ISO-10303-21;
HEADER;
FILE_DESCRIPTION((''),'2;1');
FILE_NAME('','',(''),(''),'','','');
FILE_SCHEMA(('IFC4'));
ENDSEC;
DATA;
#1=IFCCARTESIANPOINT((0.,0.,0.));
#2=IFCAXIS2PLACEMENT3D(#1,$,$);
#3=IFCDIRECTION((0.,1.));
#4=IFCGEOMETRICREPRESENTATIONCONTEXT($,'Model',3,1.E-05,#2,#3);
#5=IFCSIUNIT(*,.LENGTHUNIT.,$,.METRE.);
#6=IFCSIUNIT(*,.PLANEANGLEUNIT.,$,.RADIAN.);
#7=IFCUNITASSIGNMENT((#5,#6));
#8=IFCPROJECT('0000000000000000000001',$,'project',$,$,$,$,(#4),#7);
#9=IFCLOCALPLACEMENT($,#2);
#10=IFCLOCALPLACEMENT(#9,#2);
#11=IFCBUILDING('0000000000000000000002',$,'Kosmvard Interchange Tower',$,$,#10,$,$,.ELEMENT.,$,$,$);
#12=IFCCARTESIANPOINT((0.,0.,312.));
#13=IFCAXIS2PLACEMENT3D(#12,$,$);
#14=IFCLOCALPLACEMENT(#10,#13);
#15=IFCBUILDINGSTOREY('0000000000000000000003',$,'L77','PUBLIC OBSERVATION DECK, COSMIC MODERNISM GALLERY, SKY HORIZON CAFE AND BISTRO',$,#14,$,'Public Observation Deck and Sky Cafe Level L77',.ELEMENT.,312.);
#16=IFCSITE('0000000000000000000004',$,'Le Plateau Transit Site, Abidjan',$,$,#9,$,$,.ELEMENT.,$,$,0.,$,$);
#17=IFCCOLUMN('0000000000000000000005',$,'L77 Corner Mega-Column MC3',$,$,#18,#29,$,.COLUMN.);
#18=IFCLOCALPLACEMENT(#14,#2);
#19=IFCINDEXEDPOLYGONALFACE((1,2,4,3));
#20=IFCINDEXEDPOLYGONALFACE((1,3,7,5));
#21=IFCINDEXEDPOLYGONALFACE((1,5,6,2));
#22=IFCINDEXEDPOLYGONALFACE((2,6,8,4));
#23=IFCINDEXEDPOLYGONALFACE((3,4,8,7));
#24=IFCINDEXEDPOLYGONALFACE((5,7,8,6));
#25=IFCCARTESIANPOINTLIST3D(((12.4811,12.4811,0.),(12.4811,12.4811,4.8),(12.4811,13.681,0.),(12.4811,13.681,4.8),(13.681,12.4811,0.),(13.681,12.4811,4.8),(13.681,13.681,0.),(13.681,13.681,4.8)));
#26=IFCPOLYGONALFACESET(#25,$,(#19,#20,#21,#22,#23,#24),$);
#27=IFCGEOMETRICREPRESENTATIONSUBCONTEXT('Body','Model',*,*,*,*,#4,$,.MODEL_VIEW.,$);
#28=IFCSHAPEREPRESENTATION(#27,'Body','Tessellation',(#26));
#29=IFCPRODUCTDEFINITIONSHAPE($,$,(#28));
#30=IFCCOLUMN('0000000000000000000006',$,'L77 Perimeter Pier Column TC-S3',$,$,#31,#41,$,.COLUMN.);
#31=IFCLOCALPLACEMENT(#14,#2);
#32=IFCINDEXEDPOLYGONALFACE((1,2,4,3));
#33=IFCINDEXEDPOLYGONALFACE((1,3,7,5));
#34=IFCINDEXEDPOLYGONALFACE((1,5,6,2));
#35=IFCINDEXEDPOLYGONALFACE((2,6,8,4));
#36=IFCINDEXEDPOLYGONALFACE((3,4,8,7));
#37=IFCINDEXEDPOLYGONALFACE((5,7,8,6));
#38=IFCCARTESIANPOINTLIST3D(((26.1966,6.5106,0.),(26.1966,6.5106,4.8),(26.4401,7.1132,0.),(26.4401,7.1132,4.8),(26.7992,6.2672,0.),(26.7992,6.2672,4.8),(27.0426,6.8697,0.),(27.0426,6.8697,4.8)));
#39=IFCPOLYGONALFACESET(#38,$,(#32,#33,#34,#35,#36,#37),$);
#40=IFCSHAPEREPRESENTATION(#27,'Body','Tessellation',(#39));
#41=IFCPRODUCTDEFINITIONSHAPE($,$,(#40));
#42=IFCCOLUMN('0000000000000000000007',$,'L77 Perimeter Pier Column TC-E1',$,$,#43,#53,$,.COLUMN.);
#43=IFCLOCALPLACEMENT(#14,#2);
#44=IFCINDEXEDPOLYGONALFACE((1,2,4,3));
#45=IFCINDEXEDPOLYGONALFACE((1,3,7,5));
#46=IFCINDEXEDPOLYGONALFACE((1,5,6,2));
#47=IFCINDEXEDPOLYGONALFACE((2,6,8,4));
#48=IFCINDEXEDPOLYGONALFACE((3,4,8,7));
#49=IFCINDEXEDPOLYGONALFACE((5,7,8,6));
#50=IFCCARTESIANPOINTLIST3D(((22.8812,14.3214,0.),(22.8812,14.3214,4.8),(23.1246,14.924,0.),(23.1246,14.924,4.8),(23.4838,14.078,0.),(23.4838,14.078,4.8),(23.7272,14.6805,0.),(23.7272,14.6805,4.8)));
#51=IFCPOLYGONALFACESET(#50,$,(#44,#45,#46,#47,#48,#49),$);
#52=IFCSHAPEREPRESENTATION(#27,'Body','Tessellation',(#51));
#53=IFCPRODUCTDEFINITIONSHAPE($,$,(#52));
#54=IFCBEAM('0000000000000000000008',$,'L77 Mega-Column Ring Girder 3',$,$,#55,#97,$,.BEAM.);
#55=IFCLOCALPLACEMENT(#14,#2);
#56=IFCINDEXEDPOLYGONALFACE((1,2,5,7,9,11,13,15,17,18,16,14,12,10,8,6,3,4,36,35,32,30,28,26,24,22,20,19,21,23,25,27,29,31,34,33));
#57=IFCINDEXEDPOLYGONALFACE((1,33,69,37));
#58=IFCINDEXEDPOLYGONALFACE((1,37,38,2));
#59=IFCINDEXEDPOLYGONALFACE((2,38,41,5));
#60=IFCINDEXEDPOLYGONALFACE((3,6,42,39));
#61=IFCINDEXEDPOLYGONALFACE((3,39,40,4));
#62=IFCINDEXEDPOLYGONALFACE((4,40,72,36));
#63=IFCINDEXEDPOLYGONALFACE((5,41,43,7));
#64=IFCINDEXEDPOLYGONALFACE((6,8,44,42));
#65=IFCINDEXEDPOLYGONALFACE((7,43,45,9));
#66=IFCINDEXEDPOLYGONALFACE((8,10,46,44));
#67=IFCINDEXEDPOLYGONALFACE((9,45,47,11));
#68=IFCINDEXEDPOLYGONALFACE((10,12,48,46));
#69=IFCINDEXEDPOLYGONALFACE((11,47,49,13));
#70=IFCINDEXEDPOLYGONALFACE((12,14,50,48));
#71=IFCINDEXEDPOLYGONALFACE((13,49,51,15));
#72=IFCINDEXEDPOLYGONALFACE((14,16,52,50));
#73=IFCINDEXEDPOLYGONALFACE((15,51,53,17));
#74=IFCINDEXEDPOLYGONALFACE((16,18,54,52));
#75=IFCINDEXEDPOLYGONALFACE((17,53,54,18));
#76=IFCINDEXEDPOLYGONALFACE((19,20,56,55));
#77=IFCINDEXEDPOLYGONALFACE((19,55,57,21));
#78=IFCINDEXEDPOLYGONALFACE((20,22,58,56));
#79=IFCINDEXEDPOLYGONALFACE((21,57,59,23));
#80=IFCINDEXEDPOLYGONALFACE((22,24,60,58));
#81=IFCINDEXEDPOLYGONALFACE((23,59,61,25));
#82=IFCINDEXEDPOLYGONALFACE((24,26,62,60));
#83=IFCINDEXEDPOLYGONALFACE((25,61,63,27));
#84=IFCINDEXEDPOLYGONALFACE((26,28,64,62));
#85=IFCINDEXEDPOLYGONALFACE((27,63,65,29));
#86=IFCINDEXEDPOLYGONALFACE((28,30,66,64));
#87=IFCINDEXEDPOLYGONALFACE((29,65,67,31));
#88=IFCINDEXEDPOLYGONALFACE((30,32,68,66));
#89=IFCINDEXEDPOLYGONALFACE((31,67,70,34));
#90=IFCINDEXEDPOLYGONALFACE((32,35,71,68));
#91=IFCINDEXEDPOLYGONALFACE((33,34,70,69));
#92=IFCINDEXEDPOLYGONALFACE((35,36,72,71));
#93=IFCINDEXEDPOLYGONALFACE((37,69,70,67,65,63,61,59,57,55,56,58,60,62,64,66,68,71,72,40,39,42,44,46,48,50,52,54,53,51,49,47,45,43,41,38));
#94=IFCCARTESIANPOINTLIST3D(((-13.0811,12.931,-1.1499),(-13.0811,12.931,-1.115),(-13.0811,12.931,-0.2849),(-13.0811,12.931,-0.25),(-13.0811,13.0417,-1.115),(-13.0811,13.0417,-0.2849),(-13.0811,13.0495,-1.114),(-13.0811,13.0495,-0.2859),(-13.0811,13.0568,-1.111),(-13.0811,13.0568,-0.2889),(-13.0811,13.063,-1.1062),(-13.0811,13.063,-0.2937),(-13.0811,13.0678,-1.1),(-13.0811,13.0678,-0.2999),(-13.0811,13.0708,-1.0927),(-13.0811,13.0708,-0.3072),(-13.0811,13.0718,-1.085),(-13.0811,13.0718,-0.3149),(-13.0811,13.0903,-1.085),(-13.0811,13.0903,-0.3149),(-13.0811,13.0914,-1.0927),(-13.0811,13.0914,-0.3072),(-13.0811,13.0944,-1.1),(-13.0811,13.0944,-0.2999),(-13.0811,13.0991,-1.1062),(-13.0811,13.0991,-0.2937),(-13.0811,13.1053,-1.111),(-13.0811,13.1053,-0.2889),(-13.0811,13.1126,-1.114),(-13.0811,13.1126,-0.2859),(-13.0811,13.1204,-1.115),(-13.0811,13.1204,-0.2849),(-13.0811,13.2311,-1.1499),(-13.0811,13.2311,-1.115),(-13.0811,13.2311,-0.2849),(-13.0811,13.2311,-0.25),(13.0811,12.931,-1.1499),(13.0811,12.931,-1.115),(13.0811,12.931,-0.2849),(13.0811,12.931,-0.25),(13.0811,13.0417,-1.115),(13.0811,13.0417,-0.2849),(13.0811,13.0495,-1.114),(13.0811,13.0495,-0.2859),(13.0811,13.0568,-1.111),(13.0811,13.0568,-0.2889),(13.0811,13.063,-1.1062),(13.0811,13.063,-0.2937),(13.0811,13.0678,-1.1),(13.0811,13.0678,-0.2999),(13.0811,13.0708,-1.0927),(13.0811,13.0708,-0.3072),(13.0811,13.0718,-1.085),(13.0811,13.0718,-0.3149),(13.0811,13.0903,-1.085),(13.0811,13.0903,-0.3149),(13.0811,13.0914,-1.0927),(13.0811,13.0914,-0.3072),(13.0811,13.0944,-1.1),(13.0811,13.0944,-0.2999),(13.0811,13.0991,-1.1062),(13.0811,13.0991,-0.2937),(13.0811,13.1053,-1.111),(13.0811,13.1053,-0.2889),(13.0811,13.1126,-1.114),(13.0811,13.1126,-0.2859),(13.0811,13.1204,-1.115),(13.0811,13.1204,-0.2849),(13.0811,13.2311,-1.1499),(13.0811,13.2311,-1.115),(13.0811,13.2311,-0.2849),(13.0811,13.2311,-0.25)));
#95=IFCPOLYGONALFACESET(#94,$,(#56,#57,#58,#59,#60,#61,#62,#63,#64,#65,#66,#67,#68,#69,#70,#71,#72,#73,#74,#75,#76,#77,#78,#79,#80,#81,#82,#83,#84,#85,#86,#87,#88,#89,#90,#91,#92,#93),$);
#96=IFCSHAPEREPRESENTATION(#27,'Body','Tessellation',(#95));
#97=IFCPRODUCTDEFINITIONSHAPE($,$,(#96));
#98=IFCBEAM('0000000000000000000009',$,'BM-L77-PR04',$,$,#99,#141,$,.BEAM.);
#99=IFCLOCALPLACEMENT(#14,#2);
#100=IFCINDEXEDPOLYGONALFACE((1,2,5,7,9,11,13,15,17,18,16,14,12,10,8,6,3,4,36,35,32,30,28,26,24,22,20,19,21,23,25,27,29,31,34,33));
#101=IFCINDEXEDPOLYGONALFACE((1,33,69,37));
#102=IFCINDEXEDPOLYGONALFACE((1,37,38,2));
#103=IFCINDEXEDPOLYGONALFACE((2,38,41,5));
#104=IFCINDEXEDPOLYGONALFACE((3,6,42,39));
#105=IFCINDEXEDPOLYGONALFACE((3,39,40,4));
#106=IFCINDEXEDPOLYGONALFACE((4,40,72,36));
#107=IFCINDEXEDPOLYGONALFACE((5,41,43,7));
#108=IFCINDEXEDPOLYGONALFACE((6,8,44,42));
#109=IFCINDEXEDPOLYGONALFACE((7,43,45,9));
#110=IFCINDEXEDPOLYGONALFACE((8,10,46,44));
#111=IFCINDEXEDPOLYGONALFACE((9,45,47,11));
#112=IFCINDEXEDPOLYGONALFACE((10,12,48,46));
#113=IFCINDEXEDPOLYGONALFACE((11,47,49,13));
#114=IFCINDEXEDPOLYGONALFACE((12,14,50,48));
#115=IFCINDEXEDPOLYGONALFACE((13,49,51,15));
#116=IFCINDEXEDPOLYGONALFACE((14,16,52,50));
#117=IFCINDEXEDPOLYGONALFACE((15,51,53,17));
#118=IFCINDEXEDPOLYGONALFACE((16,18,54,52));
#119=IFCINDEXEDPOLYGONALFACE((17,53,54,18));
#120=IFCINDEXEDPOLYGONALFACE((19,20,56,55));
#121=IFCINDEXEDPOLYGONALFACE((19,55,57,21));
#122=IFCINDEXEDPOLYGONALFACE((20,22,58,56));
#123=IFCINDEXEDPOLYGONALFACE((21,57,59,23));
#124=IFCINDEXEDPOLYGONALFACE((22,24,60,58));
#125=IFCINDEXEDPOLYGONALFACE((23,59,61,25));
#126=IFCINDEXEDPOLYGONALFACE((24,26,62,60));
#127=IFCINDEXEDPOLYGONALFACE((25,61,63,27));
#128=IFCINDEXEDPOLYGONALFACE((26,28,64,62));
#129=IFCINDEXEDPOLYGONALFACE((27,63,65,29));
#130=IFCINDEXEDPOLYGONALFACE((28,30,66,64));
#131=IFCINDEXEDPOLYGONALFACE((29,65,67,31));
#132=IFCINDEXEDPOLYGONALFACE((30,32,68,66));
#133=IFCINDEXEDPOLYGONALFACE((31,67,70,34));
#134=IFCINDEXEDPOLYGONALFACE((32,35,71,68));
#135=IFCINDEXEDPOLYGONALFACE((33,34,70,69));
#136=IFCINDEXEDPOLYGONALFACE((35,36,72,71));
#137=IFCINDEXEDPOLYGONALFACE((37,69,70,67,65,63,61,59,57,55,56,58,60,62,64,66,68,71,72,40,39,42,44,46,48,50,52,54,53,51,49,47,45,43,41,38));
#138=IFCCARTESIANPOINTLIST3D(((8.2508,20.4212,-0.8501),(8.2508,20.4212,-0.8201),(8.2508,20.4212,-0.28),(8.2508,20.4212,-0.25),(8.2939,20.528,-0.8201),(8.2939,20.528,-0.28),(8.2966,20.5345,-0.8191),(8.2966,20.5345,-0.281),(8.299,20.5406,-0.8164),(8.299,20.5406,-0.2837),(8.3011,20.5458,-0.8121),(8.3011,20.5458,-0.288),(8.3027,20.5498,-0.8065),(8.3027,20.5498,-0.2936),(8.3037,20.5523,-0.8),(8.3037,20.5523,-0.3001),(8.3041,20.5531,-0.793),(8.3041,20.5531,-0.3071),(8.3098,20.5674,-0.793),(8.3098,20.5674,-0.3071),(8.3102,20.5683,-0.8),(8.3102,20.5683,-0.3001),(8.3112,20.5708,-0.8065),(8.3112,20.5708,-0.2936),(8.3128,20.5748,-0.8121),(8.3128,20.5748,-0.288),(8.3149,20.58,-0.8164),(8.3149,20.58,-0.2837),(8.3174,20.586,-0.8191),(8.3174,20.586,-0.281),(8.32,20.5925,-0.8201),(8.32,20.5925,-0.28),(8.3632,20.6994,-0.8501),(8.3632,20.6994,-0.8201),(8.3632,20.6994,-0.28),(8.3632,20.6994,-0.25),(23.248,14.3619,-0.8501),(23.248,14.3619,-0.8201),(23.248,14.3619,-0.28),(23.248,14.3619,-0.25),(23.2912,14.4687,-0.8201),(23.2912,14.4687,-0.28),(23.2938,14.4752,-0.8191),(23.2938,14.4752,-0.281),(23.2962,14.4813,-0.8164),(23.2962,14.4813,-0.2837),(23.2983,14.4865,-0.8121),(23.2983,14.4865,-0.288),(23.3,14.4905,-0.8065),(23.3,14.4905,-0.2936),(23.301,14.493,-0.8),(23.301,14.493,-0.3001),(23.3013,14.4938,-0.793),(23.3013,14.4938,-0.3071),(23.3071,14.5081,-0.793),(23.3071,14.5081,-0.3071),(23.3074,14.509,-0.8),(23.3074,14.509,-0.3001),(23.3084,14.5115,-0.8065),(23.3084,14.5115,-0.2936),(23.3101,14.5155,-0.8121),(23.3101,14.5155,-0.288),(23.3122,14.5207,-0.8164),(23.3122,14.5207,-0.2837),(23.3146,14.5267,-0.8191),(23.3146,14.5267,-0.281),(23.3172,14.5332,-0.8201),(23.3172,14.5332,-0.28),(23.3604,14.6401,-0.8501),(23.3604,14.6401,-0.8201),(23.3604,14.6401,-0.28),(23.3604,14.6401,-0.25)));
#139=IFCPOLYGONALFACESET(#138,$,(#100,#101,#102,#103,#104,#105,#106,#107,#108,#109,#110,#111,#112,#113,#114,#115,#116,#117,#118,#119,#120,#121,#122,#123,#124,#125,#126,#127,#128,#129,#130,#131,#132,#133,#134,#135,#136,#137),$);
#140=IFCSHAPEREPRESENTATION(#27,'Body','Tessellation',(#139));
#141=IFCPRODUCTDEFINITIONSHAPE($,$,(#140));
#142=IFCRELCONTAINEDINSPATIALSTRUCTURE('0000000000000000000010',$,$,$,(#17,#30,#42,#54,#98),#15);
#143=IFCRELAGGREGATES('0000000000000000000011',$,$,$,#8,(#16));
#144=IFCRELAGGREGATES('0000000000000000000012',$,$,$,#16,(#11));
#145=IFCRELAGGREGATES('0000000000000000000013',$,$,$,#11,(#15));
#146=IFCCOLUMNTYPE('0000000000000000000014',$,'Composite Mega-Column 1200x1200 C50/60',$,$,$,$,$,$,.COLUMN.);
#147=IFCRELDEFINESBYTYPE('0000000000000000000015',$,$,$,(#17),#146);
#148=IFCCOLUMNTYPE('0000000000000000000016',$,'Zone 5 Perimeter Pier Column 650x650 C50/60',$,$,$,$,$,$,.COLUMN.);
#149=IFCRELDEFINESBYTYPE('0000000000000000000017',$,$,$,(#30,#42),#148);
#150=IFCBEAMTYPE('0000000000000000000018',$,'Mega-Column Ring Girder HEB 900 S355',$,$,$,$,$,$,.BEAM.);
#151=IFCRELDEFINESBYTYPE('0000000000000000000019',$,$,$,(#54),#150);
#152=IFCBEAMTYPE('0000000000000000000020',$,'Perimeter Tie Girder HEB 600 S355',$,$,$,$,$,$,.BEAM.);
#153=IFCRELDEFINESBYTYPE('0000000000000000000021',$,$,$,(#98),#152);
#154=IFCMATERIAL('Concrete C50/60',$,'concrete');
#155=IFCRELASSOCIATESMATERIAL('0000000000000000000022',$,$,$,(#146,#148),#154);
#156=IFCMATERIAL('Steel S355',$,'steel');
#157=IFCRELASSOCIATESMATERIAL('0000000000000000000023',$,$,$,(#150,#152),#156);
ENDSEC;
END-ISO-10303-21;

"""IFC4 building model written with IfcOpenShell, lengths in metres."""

from ifc_helpers import new_model, si_unit, direction, frame, origin, origin_2d, place, context, subcontext, project, spatial, rectangle, i_section, extrude, source, transform, mapped, material, material_profile, profile_set, type_object, element, save


model = new_model("IFC4")

# Units and contexts
model_context = context("Model", 3, precision=1e-05, world=origin(), true_north=direction((0.0, 1.0)))
body_context = subcontext(model_context, "Body", "Model", "MODEL_VIEW")
ifc_project = project(units=[si_unit("LENGTHUNIT", "METRE"), si_unit("PLANEANGLEUNIT", "RADIAN")], contexts=[model_context])

# Site, building, storey
site_placement = place(None, origin())
site = spatial("IfcSite", under=ifc_project, at=site_placement, Name="Le Plateau Transit Site, Abidjan", CompositionType="ELEMENT", RefElevation=0.0)
building_placement = place(site_placement, origin())
building = spatial("IfcBuilding", under=site, at=building_placement, Name="Kosmvard Interchange Tower", CompositionType="ELEMENT")
storey_placement = place(building_placement, frame((0.0, 0.0, 312.0)))
storey = spatial("IfcBuildingStorey", under=building, at=storey_placement, Name="L77", Description="PUBLIC OBSERVATION DECK, COSMIC MODERNISM GALLERY, SKY HORIZON CAFE AND BISTRO", LongName="Public Observation Deck and Sky Cafe Level L77", CompositionType="ELEMENT", Elevation=312.0)

# Columns
ifc_material_1 = material(Name="Concrete C50/60", Category="concrete")
ifc_material_profile_1 = material_profile(ifc_material_1, rectangle(XDim=1.2, YDim=1.2, at=origin_2d()), Name="MC 1200x1200")
ifc_profile_set_1 = profile_set([ifc_material_profile_1], Name="Concrete C50/60")
column_type_1 = type_object("IfcColumnType", Name="Composite Mega-Column 1200x1200 C50/60", PredefinedType="COLUMN", material=ifc_profile_set_1)
shared_shape_1 = source(origin(), body_context, "Body", "SweptSolid", [
    extrude(rectangle(XDim=1.2, YDim=1.2, at=origin_2d()), origin(), (0.0, 0.0, 1.0), 4.8),
])
column_placement = place(storey_placement, frame((13.0811, 13.0811, 0.0), z_axis=(0.0, 0.0, 1.0), x_axis=(1.0, 0.0, 0.0)))
element("IfcColumn", 1, at=column_placement, inside=storey, type_object=column_type_1, Name="L77 Corner Mega-Column MC3", PredefinedType="COLUMN", context=body_context, shape_type="MappedRepresentation", body=[
    mapped(shared_shape_1, transform((0.0, 0.0, 0.0), scale=1.0)),
])
ifc_material_profile_2 = material_profile(ifc_material_1, rectangle(XDim=0.6499, YDim=0.6499, at=origin_2d()), Name="TC 650x650")
ifc_profile_set_2 = profile_set([ifc_material_profile_2], Name="Concrete C50/60")
column_type_2 = type_object("IfcColumnType", Name="Zone 5 Perimeter Pier Column 650x650 C50/60", PredefinedType="COLUMN", material=ifc_profile_set_2)
shared_shape_2 = source(origin(), body_context, "Body", "SweptSolid", [
    extrude(rectangle(XDim=0.6499, YDim=0.6499, at=origin_2d()), origin(), (0.0, 0.0, 1.0), 4.8),
])
for number, where, z_axis, x_axis, name in (
    (2, (26.6196, 6.6902, 0.0), (0.0, 0.0, 1.0), (0.374607, 0.927184, 0.0), "L77 Perimeter Pier Column TC-S3"),
    (3, (23.3042, 14.501, 0.0), (0.0, 0.0, 1.0), (0.374607, 0.927184, 0.0), "L77 Perimeter Pier Column TC-E1"),
):
    element("IfcColumn", number, at=place(storey_placement, frame(where, z_axis=z_axis, x_axis=x_axis)), inside=storey, type_object=column_type_2, Name=name, PredefinedType="COLUMN", context=body_context, shape_type="MappedRepresentation", body=[
        mapped(shared_shape_2, transform((0.0, 0.0, 0.0), scale=1.0)),
    ])

# Beams
ifc_material_2 = material(Name="Steel S355", Category="steel")
ifc_material_profile_3 = material_profile(ifc_material_2, i_section(OverallWidth=0.3, OverallDepth=0.8999, WebThickness=0.0186, FlangeThickness=0.0349, FilletRadius=0.03, at=origin_2d()), Name="HEB 900")
ifc_profile_set_3 = profile_set([ifc_material_profile_3], Name="Steel S355")
beam_type_1 = type_object("IfcBeamType", Name="Mega-Column Ring Girder HEB 900 S355", PredefinedType="BEAM", material=ifc_profile_set_3)
shared_shape_3 = source(origin(), body_context, "Body", "SweptSolid", [
    extrude(i_section(OverallWidth=0.3, OverallDepth=0.8999, WebThickness=0.0186, FlangeThickness=0.0349, FilletRadius=0.03, at=origin_2d()), origin(), (0.0, 0.0, 1.0), 26.1621),
])
beam_1_placement = place(storey_placement, frame((13.0811, 13.0811, -0.7), z_axis=(-1.0, 0.0, 0.0), x_axis=(0.0, -1.0, 0.0)))
element("IfcBeam", 4, at=beam_1_placement, inside=storey, type_object=beam_type_1, Name="L77 Mega-Column Ring Girder 3", PredefinedType="BEAM", context=body_context, shape_type="MappedRepresentation", body=[
    mapped(shared_shape_3, transform((0.0, 0.0, 0.0), scale=1.0)),
])
ifc_material_profile_4 = material_profile(ifc_material_2, i_section(OverallWidth=0.3, OverallDepth=0.6001, WebThickness=0.0154, FlangeThickness=0.03, FilletRadius=0.0271, at=origin_2d()), Name="HEB 600")
ifc_profile_set_4 = profile_set([ifc_material_profile_4], Name="Steel S355")
beam_type_2 = type_object("IfcBeamType", Name="Perimeter Tie Girder HEB 600 S355", PredefinedType="BEAM", material=ifc_profile_set_4)
shared_shape_4 = source(origin(), body_context, "Body", "SweptSolid", [
    extrude(i_section(OverallWidth=0.3, OverallDepth=0.6001, WebThickness=0.0154, FlangeThickness=0.03, FilletRadius=0.0271, at=origin_2d()), origin(), (0.0, 0.0, 1.0), 16.175),
])
beam_2_placement = place(storey_placement, frame((23.3042, 14.501, -0.55), z_axis=(-0.927183, 0.374608, 0.0), x_axis=(-0.374608, -0.927183, 0.0)))
element("IfcBeam", 5, at=beam_2_placement, inside=storey, type_object=beam_type_2, Name="BM-L77-PR04", PredefinedType="BEAM", context=body_context, shape_type="MappedRepresentation", body=[
    mapped(shared_shape_4, transform((0.0, 0.0, 0.0), scale=1.0)),
])

save(model, "model.ifc")
